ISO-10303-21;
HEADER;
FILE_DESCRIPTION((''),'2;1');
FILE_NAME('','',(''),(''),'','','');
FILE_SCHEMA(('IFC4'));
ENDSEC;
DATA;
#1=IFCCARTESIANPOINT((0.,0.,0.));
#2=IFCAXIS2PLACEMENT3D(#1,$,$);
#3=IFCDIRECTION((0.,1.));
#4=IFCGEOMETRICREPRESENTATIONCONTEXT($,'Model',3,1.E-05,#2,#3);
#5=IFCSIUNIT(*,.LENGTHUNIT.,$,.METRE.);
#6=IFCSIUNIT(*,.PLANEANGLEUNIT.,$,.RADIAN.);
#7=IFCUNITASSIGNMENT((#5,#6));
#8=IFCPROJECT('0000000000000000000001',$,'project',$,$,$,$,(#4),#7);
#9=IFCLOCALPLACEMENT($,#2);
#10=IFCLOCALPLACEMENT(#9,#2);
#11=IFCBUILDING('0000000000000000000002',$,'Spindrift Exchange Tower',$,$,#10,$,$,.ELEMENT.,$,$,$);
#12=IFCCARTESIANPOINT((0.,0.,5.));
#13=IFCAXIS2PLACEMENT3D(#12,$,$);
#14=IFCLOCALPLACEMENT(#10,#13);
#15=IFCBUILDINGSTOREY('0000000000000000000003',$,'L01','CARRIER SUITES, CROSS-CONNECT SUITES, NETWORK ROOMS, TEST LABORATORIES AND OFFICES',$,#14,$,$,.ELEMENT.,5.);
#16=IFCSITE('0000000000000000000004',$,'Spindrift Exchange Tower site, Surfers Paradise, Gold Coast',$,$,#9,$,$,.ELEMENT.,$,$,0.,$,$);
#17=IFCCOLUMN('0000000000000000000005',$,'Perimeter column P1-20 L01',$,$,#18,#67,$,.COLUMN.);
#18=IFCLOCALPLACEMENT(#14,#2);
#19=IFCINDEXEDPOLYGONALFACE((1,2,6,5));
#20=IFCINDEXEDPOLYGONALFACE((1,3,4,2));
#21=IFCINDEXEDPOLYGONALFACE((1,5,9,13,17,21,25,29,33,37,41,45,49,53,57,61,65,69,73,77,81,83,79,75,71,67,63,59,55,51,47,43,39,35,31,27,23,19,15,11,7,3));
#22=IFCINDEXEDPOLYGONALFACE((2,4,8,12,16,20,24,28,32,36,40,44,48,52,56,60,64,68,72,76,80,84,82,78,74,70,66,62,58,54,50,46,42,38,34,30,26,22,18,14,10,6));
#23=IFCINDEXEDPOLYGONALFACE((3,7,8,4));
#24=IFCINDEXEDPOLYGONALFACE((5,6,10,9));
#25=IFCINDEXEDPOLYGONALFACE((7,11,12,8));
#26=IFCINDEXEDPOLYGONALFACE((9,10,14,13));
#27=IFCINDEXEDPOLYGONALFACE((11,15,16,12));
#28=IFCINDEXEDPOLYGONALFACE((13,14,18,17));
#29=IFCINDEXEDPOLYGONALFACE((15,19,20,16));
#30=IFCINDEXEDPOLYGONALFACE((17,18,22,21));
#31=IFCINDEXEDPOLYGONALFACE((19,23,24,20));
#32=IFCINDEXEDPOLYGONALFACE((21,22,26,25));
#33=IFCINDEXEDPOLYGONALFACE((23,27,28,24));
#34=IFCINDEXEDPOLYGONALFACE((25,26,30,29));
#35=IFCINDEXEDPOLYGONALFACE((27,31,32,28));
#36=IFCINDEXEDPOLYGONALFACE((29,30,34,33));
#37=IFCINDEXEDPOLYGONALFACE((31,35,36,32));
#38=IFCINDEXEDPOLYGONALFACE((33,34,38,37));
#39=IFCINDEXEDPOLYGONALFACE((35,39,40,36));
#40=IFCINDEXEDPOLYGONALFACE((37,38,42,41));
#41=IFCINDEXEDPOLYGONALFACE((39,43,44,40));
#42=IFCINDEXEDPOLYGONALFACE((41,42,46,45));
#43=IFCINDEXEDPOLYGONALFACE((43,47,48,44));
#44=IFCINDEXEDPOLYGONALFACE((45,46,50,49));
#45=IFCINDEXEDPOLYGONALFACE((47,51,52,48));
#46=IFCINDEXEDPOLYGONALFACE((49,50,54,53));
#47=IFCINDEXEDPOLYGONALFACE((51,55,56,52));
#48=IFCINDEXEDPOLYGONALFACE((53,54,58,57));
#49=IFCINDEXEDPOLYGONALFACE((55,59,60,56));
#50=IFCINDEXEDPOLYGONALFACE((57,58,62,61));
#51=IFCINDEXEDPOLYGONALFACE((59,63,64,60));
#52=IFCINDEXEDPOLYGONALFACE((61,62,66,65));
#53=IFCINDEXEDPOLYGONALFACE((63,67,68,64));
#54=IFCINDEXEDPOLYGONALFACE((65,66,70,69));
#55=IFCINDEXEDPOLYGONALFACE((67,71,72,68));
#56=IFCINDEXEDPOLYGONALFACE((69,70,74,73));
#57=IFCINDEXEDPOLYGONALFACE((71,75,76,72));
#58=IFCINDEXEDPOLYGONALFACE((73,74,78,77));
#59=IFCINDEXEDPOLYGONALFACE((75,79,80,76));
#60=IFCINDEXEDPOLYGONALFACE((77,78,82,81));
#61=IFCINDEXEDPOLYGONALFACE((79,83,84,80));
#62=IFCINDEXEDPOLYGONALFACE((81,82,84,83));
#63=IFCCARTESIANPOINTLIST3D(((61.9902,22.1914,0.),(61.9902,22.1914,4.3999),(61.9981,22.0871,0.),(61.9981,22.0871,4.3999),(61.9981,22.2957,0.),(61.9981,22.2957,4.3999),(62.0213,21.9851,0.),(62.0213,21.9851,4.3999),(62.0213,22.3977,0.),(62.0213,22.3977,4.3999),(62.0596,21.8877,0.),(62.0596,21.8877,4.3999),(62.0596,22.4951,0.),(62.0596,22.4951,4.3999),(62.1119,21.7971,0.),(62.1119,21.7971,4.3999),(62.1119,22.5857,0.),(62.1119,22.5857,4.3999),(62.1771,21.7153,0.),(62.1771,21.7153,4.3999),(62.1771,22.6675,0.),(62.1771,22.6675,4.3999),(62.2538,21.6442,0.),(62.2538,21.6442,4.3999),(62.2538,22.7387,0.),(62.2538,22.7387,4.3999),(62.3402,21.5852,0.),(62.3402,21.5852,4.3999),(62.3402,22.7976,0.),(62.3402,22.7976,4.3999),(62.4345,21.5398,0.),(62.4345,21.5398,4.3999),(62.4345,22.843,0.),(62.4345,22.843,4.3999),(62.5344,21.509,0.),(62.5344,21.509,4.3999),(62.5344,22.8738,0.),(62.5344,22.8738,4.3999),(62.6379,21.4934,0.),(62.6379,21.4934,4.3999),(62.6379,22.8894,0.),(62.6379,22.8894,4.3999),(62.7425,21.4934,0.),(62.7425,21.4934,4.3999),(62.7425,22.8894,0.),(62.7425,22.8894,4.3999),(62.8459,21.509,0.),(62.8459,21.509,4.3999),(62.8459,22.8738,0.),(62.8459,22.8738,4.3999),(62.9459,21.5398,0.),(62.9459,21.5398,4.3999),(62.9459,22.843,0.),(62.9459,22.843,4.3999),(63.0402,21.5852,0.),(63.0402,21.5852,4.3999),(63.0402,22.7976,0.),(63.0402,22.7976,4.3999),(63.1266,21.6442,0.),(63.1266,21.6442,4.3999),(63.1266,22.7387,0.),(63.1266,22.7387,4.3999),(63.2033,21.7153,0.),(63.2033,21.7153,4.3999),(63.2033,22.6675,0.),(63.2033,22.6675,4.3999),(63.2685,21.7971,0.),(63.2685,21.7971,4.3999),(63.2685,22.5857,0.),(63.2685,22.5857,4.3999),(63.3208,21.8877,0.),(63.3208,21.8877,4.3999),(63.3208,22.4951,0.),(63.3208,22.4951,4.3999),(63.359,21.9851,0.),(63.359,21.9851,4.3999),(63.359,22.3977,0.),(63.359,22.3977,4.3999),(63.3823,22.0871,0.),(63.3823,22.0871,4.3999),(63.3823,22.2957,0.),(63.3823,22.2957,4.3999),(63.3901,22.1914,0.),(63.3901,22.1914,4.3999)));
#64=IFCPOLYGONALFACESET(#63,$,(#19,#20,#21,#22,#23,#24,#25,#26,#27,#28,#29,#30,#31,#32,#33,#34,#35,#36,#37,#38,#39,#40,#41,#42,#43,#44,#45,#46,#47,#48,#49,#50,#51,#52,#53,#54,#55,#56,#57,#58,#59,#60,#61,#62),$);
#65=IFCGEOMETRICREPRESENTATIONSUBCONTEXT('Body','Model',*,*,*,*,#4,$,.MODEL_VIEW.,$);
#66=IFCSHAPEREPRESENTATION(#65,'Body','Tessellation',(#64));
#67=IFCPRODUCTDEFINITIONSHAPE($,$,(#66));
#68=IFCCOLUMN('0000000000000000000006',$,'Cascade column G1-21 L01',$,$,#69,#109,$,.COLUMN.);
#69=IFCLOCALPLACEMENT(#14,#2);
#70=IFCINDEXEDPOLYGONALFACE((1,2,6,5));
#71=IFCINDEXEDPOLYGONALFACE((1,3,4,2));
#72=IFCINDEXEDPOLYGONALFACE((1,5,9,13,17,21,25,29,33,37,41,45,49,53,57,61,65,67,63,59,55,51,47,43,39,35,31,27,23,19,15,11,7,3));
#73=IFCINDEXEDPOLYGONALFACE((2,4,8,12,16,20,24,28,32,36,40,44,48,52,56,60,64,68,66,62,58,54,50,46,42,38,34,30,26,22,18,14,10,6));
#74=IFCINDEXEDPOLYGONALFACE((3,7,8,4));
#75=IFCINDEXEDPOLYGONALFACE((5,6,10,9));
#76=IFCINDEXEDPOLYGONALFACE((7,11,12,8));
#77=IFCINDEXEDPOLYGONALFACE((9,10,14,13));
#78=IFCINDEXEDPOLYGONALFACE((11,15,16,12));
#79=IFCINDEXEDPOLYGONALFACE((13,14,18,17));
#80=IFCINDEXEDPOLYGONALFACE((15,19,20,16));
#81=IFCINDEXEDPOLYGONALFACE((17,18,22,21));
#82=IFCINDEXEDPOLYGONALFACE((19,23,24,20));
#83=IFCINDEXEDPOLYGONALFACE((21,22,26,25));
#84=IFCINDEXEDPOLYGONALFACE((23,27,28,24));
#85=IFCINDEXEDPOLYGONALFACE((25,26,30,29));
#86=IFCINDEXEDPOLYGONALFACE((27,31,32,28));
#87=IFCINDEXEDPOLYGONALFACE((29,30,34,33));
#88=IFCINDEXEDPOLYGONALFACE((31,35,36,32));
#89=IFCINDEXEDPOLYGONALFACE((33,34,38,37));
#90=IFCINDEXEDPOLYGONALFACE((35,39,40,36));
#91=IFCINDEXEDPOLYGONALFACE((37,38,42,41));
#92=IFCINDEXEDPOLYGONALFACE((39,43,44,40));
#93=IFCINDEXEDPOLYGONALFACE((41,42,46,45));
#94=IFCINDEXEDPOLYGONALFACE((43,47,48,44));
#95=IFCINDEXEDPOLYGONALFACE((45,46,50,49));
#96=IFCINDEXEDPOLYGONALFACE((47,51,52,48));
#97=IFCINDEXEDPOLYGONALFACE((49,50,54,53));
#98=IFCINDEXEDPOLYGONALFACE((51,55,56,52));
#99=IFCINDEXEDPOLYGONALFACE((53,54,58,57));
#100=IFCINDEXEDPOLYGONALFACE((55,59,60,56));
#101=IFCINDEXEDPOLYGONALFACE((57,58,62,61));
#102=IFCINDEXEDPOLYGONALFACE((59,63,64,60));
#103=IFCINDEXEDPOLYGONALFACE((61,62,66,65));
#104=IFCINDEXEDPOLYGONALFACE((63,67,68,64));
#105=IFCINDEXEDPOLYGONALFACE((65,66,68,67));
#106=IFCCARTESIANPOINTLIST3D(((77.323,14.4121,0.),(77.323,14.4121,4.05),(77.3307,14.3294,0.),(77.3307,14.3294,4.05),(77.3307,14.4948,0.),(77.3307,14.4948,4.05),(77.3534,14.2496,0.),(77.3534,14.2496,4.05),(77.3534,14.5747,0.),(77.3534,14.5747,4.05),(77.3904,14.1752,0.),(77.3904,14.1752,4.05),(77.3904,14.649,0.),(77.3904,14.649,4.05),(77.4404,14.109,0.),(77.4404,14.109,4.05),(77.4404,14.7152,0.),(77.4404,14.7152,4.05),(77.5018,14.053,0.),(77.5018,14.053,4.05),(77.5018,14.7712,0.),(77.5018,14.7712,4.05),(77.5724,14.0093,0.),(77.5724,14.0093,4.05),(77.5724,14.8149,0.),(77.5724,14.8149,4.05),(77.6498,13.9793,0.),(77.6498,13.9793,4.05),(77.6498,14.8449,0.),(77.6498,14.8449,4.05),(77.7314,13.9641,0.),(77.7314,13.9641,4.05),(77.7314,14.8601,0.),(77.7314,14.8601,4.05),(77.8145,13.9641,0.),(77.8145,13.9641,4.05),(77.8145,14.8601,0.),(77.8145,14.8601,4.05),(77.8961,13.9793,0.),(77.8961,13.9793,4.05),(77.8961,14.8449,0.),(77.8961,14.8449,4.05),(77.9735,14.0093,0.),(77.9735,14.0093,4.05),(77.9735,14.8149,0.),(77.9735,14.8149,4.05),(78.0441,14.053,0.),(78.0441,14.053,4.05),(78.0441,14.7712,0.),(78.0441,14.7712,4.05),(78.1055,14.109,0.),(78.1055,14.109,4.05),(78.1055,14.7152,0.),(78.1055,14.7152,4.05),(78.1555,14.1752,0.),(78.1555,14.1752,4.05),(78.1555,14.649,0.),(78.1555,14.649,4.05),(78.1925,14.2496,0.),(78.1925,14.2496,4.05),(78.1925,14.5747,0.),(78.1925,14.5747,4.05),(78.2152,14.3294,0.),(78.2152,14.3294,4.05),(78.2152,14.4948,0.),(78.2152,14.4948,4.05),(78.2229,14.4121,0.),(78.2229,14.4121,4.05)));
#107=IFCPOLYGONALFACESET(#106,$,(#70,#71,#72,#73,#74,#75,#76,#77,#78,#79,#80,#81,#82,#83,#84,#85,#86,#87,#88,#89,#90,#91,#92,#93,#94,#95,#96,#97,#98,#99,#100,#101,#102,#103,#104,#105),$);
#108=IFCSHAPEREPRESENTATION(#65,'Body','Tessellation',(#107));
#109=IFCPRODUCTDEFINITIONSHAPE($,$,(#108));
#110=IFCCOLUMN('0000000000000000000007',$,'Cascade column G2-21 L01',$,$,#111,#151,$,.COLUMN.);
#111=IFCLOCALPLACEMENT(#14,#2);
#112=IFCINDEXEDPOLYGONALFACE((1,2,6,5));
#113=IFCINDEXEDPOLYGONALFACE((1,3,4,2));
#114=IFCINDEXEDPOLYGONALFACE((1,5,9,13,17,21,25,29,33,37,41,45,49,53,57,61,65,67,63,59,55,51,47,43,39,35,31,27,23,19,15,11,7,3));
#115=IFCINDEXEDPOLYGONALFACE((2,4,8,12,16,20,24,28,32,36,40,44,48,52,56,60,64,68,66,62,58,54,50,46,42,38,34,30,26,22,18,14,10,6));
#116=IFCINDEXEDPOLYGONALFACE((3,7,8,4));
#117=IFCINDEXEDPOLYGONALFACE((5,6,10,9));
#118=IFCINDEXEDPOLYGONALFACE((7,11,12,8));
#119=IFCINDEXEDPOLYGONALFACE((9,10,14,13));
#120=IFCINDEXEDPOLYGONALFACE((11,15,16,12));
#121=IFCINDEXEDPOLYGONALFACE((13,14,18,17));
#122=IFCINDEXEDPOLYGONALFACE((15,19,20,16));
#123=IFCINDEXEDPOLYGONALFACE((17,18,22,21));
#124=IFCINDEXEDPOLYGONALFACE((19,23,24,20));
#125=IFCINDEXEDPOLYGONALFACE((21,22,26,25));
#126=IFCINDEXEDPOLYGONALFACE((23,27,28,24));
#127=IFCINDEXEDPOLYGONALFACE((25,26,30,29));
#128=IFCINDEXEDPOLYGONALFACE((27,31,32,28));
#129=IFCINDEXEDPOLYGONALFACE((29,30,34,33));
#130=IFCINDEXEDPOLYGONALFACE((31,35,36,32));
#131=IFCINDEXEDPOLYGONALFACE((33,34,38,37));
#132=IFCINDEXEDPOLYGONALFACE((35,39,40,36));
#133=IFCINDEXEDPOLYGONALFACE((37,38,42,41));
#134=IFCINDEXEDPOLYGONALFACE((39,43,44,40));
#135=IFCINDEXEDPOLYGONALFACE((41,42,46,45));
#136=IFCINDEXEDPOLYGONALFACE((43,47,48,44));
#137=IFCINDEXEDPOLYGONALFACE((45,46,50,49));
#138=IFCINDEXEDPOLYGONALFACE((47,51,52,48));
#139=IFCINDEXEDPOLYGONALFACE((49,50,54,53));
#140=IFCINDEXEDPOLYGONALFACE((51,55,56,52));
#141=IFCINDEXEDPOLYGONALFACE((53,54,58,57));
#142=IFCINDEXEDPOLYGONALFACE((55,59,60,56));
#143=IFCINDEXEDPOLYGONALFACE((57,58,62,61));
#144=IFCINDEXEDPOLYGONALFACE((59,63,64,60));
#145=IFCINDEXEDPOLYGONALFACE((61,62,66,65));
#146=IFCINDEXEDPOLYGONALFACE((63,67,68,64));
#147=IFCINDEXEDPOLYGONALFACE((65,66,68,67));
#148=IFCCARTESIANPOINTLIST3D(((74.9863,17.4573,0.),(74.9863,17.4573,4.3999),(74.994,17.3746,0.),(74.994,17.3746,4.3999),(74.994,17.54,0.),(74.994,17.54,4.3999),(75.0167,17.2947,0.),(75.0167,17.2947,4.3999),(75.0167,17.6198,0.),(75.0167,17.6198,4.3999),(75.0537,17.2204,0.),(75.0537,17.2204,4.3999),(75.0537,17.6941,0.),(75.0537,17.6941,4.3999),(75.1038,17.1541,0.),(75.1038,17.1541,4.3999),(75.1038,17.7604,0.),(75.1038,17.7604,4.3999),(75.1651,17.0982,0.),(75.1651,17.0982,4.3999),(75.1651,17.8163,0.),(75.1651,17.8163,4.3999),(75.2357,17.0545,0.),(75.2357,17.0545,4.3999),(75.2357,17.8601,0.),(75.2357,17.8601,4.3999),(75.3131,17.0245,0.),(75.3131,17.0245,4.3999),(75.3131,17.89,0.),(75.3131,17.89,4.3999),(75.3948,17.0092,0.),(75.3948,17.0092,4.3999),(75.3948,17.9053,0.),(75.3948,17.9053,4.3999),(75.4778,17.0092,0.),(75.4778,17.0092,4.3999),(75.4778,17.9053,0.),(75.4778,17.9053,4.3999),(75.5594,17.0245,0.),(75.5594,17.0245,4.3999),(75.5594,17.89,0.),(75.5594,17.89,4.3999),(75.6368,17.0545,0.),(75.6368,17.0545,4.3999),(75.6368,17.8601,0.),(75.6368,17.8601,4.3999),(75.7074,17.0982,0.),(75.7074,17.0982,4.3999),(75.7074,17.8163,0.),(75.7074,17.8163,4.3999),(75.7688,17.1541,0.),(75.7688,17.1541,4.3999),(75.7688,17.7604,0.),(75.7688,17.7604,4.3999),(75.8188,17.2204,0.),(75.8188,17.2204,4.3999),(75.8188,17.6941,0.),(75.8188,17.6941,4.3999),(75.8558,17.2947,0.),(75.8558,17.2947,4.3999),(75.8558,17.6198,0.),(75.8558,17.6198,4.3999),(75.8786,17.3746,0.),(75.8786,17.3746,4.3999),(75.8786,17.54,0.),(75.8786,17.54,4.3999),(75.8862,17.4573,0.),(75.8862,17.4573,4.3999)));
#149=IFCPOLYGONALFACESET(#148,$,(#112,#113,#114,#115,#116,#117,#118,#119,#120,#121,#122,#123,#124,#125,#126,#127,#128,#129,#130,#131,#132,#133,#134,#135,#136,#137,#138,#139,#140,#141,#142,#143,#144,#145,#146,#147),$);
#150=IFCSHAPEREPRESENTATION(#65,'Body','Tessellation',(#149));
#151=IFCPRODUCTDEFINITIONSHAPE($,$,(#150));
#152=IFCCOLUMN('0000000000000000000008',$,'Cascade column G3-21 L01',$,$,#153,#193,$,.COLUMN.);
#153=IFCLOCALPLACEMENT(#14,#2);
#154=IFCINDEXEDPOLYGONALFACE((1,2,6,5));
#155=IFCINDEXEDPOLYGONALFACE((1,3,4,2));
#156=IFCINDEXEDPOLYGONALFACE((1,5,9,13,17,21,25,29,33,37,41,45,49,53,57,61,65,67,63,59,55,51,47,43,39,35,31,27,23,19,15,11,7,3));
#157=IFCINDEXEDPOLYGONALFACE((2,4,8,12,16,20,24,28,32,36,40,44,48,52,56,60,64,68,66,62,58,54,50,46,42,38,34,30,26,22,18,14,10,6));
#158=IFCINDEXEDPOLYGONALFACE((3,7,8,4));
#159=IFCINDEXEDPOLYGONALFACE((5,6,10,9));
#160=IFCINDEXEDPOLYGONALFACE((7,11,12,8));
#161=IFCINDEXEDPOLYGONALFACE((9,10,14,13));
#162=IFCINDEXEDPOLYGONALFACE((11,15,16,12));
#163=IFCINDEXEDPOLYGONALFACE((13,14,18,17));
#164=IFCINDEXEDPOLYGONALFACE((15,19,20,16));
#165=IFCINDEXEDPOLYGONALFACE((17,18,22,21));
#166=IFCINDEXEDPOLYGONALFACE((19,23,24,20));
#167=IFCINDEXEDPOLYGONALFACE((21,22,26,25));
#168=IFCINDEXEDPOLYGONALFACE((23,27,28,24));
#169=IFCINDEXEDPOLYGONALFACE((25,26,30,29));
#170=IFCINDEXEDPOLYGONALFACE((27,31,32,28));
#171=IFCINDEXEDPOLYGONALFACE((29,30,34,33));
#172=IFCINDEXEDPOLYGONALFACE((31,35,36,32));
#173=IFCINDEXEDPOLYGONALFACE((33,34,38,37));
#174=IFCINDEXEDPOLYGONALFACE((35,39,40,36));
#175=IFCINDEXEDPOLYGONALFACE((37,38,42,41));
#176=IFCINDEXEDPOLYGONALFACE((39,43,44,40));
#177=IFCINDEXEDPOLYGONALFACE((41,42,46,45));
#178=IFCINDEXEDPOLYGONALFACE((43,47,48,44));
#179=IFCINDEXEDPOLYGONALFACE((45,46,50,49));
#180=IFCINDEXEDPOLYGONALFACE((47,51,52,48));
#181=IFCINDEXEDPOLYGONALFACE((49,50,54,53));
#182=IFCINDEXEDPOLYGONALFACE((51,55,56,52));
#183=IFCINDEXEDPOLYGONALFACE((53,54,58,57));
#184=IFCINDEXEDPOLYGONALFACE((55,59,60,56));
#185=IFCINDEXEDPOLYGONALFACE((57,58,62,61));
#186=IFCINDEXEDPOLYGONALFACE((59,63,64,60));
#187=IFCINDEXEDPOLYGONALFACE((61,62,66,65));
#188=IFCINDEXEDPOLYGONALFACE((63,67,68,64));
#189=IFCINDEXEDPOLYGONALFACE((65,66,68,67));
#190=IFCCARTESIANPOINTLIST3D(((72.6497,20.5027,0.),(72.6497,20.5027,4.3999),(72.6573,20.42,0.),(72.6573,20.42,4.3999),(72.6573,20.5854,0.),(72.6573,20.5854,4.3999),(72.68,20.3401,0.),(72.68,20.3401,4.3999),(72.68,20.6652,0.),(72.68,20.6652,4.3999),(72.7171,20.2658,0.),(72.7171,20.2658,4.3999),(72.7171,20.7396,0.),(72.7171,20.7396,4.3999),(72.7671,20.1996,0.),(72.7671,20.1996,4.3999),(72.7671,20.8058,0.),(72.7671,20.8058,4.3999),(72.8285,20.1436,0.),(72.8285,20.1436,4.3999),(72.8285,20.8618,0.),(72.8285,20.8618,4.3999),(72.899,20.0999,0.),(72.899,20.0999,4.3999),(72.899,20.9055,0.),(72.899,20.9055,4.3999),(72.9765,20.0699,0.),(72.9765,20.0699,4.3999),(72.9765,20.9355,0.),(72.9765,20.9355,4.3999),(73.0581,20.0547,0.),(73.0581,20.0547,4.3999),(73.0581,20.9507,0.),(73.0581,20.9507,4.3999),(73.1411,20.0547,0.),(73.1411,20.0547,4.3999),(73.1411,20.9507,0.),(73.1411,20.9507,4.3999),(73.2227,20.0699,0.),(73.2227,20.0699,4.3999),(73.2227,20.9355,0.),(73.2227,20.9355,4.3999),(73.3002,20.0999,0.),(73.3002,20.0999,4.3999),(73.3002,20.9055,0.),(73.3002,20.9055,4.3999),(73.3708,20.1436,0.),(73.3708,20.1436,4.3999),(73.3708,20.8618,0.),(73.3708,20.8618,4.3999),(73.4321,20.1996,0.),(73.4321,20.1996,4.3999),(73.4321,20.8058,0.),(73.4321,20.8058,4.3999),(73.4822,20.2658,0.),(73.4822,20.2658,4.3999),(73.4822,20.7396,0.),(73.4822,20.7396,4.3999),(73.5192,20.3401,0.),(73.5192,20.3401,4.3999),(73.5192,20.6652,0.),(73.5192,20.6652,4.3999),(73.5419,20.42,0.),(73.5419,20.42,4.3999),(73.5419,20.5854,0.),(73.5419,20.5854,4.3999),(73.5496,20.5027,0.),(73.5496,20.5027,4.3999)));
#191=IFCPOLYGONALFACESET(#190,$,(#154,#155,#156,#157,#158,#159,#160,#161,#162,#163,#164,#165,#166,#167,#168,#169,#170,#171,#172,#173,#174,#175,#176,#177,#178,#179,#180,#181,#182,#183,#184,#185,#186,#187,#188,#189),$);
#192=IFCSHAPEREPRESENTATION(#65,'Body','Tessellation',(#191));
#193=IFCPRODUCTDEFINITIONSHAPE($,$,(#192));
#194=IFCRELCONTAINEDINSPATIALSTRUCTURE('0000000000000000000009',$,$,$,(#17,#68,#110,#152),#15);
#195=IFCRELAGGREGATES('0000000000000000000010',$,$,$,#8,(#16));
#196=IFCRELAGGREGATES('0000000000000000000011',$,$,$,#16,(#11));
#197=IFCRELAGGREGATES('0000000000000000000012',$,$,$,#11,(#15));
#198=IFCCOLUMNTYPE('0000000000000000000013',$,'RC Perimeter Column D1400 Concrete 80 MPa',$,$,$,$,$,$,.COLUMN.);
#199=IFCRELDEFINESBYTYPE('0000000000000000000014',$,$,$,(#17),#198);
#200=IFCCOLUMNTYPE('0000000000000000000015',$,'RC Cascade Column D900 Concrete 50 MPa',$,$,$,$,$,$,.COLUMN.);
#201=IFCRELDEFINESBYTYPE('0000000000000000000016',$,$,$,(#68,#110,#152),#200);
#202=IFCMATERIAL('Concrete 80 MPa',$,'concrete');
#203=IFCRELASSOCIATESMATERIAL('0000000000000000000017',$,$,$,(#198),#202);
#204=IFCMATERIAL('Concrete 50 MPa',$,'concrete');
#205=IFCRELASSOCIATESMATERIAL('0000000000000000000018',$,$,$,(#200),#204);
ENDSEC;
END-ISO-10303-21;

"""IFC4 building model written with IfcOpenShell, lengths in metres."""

from ifc_helpers import new_model, si_unit, direction, frame, origin, origin_2d, place, context, subcontext, project, spatial, circle, extrude, source, transform, mapped, material, material_profile, profile_set, type_object, element, save


model = new_model("IFC4")

# Units and contexts
model_context = context("Model", 3, precision=1e-05, world=origin(), true_north=direction((0.0, 1.0)))
body_context = subcontext(model_context, "Body", "Model", "MODEL_VIEW")
ifc_project = project(units=[si_unit("LENGTHUNIT", "METRE"), si_unit("PLANEANGLEUNIT", "RADIAN")], contexts=[model_context])

# Site, building, storey
site_placement = place(None, origin())
site = spatial("IfcSite", under=ifc_project, at=site_placement, Name="Spindrift Exchange Tower site, Surfers Paradise, Gold Coast", CompositionType="ELEMENT", RefElevation=0.0)
building_placement = place(site_placement, origin())
building = spatial("IfcBuilding", under=site, at=building_placement, Name="Spindrift Exchange Tower", CompositionType="ELEMENT")
storey_placement = place(building_placement, frame((0.0, 0.0, 5.0)))
storey = spatial("IfcBuildingStorey", under=building, at=storey_placement, Name="L01", Description="CARRIER SUITES, CROSS-CONNECT SUITES, NETWORK ROOMS, TEST LABORATORIES AND OFFICES", CompositionType="ELEMENT", Elevation=5.0)

# Columns
ifc_material_1 = material(Name="Concrete 80 MPa", Category="concrete")
ifc_material_profile_1 = material_profile(ifc_material_1, circle(Radius=0.7, at=origin_2d()), Name="RC D1400")
ifc_profile_set_1 = profile_set([ifc_material_profile_1], Name="Concrete 80 MPa")
column_type_1 = type_object("IfcColumnType", Name="RC Perimeter Column D1400 Concrete 80 MPa", PredefinedType="COLUMN", material=ifc_profile_set_1)
shared_shape_1 = source(origin(), body_context, "Body", "SweptSolid", [
    extrude(circle(Radius=0.7, at=origin_2d()), origin(), (0.0, 0.0, 1.0), 4.3999),
])
column_1_placement = place(storey_placement, frame((62.6902, 22.1914, 0.0), z_axis=(0.0, 0.0, 1.0), x_axis=(1.0, 0.0, 0.0)))
element("IfcColumn", 1, at=column_1_placement, inside=storey, type_object=column_type_1, Name="Perimeter column P1-20 L01", PredefinedType="COLUMN", context=body_context, shape_type="MappedRepresentation", body=[
    mapped(shared_shape_1, transform((0.0, 0.0, 0.0), scale=1.0)),
])
ifc_material_2 = material(Name="Concrete 50 MPa", Category="concrete")
ifc_material_profile_2 = material_profile(ifc_material_2, circle(Radius=0.45, at=origin_2d()), Name="RC D900")
ifc_profile_set_2 = profile_set([ifc_material_profile_2], Name="Concrete 50 MPa")
column_type_2 = type_object("IfcColumnType", Name="RC Cascade Column D900 Concrete 50 MPa", PredefinedType="COLUMN", material=ifc_profile_set_2)
shared_shape_2 = source(origin(), body_context, "Body", "SweptSolid", [
    extrude(circle(Radius=0.45, at=origin_2d()), origin(), (0.0, 0.0, 1.0), 4.05),
])
column_2_placement = place(storey_placement, frame((77.7729, 14.4121, 0.0), z_axis=(0.0, 0.0, 1.0), x_axis=(1.0, 0.0, 0.0)))
element("IfcColumn", 2, at=column_2_placement, inside=storey, type_object=column_type_2, Name="Cascade column G1-21 L01", PredefinedType="COLUMN", context=body_context, shape_type="MappedRepresentation", body=[
    mapped(shared_shape_2, transform((0.0, 0.0, 0.0), scale=1.0)),
])
shared_shape_3 = source(origin(), body_context, "Body", "SweptSolid", [
    extrude(circle(Radius=0.45, at=origin_2d()), origin(), (0.0, 0.0, 1.0), 4.3999),
])
for number, where, z_axis, x_axis, name in (
    (3, (75.4363, 17.4573, 0.0), (0.0, 0.0, 1.0), (1.0, 0.0, 0.0), "Cascade column G2-21 L01"),
    (4, (73.0996, 20.5027, 0.0), (0.0, 0.0, 1.0), (1.0, 0.0, 0.0), "Cascade column G3-21 L01"),
):
    element("IfcColumn", number, at=place(storey_placement, frame(where, z_axis=z_axis, x_axis=x_axis)), inside=storey, type_object=column_type_2, Name=name, PredefinedType="COLUMN", context=body_context, shape_type="MappedRepresentation", body=[
        mapped(shared_shape_3, transform((0.0, 0.0, 0.0), scale=1.0)),
    ])

save(model, "model.ifc")
